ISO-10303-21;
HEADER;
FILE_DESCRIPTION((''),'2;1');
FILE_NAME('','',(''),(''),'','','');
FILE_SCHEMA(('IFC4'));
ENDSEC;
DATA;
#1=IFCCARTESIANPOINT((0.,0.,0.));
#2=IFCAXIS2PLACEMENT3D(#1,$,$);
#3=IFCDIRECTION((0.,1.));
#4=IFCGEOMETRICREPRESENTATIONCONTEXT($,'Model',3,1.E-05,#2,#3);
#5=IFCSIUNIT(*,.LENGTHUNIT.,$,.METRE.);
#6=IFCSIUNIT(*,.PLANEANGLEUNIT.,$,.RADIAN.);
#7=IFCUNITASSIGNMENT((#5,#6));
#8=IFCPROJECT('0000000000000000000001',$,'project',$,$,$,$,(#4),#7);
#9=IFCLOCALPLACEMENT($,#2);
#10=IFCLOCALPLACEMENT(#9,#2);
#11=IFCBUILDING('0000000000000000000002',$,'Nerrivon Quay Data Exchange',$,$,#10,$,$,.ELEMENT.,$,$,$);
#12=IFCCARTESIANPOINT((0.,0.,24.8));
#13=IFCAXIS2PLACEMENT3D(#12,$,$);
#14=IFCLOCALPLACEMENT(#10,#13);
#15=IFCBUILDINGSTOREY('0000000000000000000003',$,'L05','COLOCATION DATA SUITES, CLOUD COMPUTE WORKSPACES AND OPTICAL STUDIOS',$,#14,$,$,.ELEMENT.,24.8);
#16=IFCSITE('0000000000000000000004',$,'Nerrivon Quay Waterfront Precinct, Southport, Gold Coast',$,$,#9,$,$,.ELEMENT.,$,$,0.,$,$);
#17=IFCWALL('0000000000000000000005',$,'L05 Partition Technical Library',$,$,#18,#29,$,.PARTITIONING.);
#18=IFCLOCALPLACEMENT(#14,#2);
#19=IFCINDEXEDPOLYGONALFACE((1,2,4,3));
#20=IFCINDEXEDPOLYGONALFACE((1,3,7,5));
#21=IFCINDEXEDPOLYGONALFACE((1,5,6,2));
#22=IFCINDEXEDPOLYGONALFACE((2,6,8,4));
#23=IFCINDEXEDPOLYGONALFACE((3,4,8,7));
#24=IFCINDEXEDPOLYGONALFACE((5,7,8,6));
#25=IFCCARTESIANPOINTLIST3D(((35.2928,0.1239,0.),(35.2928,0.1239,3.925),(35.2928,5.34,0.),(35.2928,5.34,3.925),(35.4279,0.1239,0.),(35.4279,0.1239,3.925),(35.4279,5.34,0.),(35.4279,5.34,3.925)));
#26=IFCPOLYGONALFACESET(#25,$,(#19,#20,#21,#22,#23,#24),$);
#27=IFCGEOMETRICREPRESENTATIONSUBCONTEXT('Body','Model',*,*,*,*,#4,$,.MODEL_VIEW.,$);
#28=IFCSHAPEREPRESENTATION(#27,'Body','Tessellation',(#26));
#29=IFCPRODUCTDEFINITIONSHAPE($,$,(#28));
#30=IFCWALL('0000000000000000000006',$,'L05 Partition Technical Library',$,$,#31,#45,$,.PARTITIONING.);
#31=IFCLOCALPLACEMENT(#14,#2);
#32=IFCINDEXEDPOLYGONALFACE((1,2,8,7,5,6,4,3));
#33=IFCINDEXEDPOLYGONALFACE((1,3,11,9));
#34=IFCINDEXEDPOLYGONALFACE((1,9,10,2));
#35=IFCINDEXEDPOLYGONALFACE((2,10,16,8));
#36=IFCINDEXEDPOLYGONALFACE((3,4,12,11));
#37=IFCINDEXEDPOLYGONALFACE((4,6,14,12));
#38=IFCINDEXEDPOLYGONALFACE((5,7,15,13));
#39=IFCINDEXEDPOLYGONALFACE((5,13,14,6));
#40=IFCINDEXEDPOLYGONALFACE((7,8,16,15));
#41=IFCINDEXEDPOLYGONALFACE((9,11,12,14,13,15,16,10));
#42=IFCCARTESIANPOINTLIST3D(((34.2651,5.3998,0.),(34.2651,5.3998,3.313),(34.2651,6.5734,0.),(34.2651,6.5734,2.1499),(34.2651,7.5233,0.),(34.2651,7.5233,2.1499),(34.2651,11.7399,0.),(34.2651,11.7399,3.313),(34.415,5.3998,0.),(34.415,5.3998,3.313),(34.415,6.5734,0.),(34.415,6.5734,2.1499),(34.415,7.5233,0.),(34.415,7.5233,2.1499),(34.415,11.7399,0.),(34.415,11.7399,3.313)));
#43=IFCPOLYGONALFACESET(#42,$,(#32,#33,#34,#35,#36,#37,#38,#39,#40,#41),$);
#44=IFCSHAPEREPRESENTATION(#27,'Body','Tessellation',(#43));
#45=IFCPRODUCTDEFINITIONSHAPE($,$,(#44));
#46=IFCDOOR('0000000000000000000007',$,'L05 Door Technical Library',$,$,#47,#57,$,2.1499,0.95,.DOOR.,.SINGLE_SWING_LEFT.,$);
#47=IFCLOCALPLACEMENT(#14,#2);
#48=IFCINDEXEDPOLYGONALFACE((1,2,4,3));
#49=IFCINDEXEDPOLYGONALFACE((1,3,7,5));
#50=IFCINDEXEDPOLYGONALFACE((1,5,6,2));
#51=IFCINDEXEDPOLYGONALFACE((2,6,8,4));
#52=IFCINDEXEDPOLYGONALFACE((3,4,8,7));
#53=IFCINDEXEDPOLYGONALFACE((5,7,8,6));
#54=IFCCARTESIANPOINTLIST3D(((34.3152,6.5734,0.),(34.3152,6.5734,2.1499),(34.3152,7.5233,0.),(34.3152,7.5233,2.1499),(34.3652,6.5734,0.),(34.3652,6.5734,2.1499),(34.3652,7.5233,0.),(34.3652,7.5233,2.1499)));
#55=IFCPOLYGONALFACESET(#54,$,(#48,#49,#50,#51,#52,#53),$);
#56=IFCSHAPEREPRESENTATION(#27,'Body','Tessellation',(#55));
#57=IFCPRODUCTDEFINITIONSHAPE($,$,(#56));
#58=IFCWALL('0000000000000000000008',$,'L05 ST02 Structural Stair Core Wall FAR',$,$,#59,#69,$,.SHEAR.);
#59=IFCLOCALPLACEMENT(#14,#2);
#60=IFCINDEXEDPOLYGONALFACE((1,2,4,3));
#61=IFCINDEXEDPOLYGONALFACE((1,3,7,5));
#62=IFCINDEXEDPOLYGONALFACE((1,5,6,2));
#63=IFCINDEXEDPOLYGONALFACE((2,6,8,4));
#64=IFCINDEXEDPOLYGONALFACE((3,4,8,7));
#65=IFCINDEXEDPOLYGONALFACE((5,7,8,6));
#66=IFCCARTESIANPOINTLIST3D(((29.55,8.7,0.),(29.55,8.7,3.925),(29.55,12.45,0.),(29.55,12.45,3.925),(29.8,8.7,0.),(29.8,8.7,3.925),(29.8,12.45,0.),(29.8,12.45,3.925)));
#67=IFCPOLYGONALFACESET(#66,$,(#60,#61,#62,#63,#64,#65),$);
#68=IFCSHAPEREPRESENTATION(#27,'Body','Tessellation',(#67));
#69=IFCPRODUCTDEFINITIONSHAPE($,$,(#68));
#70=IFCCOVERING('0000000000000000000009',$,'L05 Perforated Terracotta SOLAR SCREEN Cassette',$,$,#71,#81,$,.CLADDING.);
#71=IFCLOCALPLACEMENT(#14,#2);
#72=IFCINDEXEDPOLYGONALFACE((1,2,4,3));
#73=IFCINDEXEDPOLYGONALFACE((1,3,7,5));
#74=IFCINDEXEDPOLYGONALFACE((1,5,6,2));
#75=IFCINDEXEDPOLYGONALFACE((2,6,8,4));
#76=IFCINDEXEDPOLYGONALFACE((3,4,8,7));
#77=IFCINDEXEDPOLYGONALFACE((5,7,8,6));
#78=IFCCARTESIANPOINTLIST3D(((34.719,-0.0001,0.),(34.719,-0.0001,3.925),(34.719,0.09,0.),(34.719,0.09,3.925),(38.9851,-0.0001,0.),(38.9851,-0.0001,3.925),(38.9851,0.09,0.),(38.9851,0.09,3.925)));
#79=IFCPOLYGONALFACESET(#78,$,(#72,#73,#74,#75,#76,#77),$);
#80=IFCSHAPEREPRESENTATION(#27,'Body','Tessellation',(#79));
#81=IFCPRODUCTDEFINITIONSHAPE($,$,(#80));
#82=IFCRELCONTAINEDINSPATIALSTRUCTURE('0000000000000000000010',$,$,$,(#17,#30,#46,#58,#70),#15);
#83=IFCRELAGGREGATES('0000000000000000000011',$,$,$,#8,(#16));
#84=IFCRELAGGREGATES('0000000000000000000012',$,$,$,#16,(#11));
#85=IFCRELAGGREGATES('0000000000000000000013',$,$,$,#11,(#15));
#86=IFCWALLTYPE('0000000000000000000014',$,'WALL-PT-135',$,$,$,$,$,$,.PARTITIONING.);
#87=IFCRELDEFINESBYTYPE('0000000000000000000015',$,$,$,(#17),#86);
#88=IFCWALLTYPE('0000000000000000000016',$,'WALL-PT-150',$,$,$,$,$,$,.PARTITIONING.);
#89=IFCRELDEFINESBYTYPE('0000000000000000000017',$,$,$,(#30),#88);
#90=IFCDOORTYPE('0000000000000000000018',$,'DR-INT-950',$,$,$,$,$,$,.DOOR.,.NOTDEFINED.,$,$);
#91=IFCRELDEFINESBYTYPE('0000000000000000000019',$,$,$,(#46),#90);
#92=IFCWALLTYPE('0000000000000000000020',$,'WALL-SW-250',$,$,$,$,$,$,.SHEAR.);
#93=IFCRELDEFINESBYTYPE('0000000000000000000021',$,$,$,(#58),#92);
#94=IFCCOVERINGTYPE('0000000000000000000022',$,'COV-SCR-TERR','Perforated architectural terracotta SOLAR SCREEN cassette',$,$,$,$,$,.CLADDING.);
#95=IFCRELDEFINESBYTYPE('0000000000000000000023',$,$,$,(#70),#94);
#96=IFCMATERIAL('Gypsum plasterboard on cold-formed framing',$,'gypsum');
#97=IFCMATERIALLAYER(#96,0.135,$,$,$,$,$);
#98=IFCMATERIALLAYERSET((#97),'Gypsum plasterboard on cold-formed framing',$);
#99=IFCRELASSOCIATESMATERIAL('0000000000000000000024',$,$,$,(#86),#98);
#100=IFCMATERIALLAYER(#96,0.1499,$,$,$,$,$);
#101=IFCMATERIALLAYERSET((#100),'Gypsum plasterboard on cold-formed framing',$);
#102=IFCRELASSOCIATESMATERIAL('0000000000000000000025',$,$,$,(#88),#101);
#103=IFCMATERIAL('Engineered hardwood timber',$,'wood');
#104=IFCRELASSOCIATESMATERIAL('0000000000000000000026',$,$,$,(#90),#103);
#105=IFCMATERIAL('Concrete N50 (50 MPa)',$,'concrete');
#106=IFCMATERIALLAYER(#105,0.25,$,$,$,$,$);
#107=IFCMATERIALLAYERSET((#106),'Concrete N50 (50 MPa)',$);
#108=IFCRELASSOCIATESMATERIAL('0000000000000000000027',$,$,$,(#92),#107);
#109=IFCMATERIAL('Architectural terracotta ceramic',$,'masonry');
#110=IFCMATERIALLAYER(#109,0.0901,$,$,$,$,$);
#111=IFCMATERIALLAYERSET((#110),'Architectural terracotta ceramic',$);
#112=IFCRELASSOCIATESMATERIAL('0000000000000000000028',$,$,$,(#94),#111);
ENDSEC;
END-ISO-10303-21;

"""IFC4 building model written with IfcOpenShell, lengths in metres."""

from ifc_helpers import new_model, si_unit, direction, frame, frame_2d, origin, origin_2d, place, context, subcontext, project, spatial, rectangle, extrude, material, layer, layer_set, type_object, element, fill, save


model = new_model("IFC4")

# Units and contexts
model_context = context("Model", 3, precision=1e-05, world=origin(), true_north=direction((0.0, 1.0)))
body_context = subcontext(model_context, "Body", "Model", "MODEL_VIEW")
ifc_project = project(units=[si_unit("LENGTHUNIT", "METRE"), si_unit("PLANEANGLEUNIT", "RADIAN")], contexts=[model_context])

# Site, building, storey
site_placement = place(None, origin())
site = spatial("IfcSite", under=ifc_project, at=site_placement, Name="Nerrivon Quay Waterfront Precinct, Southport, Gold Coast", CompositionType="ELEMENT", RefElevation=0.0)
building_placement = place(site_placement, origin())
building = spatial("IfcBuilding", under=site, at=building_placement, Name="Nerrivon Quay Data Exchange", CompositionType="ELEMENT")
storey_placement = place(building_placement, frame((0.0, 0.0, 24.8)))
storey = spatial("IfcBuildingStorey", under=building, at=storey_placement, Name="L05", Description="COLOCATION DATA SUITES, CLOUD COMPUTE WORKSPACES AND OPTICAL STUDIOS", CompositionType="ELEMENT", Elevation=24.8)

# Shared definitions
ifc_material_1 = material(Name="Gypsum plasterboard on cold-formed framing", Category="gypsum")

# Shared definitions
ifc_material_2 = material(Name="Engineered hardwood timber", Category="wood")

# Wall
ifc_layer_1 = layer(ifc_material_1, 0.135)
ifc_layer_set_1 = layer_set([ifc_layer_1], Name="Gypsum plasterboard on cold-formed framing")
wall_type_1 = type_object("IfcWallType", Name="WALL-PT-135", PredefinedType="PARTITIONING", material=ifc_layer_set_1)
wall_1_placement = place(storey_placement, frame((35.3604, 0.124, 0.0), z_axis=(0.0, 0.0, 1.0), x_axis=(0.0, 1.0, 0.0)))
element("IfcWall", 1, at=wall_1_placement, inside=storey, type_object=wall_type_1, Name="L05 Partition Technical Library", PredefinedType="PARTITIONING", context=body_context, shape_type="SweptSolid", body=[
    extrude(rectangle(XDim=5.2161, YDim=0.135, at=frame_2d((2.6079, 0.0))), origin(), (0.0, 0.0, 1.0), 3.925),
])

# Wall, opening, door
ifc_layer_2 = layer(ifc_material_1, 0.1499)
ifc_layer_set_2 = layer_set([ifc_layer_2], Name="Gypsum plasterboard on cold-formed framing")
wall_type_2 = type_object("IfcWallType", Name="WALL-PT-150", PredefinedType="PARTITIONING", material=ifc_layer_set_2)
wall_2_placement = place(storey_placement, frame((34.3401, 5.3999, 0.0), z_axis=(0.0, 0.0, 1.0), x_axis=(0.0, 1.0, 0.0)))
wall_2 = element("IfcWall", 2, at=wall_2_placement, inside=storey, type_object=wall_type_2, Name="L05 Partition Technical Library", PredefinedType="PARTITIONING", context=body_context, shape_type="SweptSolid", body=[
    extrude(rectangle(XDim=6.3401, YDim=0.1499, at=frame_2d((3.1699, 0.0))), origin(), (0.0, 0.0, 1.0), 3.313),
])
opening_1_placement = place(wall_2_placement, frame((1.1733, 0.0, 0.0)))
opening_1 = element("IfcOpeningElement", 3, at=opening_1_placement, cuts=wall_2, PredefinedType="OPENING", context=body_context, shape_type="SweptSolid", body=[
    extrude(rectangle(XDim=0.95, YDim=2.1499, at=frame_2d((0.4751, 1.075))), frame((0.0, 0.085, 0.0), z_axis=(0.0, -1.0, 0.0), x_axis=(1.0, 0.0, 0.0)), (0.0, 0.0, 1.0), 0.1699),
])
door_type_1 = type_object("IfcDoorType", Name="DR-INT-950", OperationType="NOTDEFINED", PredefinedType="DOOR", material=ifc_material_2)
door_1_placement = place(opening_1_placement, origin())
door_1 = element("IfcDoor", 4, at=door_1_placement, inside=storey, type_object=door_type_1, Name="L05 Door Technical Library", OperationType="SINGLE_SWING_LEFT", OverallHeight=2.1499, OverallWidth=0.95, PredefinedType="DOOR", context=body_context, shape_type="SweptSolid", body=[
    extrude(rectangle(XDim=0.95, YDim=2.1499, at=frame_2d((0.4751, 1.075))), frame((0.0, 0.0249, 0.0), z_axis=(0.0, -1.0, 0.0), x_axis=(1.0, 0.0, 0.0)), (0.0, 0.0, 1.0), 0.05),
])
fill(opening_1, door_1)

# Wall
ifc_material_3 = material(Name="Concrete N50 (50 MPa)", Category="concrete")
ifc_layer_3 = layer(ifc_material_3, 0.25)
ifc_layer_set_3 = layer_set([ifc_layer_3], Name="Concrete N50 (50 MPa)")
wall_type_3 = type_object("IfcWallType", Name="WALL-SW-250", PredefinedType="SHEAR", material=ifc_layer_set_3)
wall_3_placement = place(storey_placement, frame((29.675, 8.7, 0.0), z_axis=(0.0, 0.0, 1.0), x_axis=(0.0, 1.0, 0.0)))
element("IfcWall", 5, at=wall_3_placement, inside=storey, type_object=wall_type_3, Name="L05 ST02 Structural Stair Core Wall FAR", PredefinedType="SHEAR", context=body_context, shape_type="SweptSolid", body=[
    extrude(rectangle(XDim=3.75, YDim=0.25, at=frame_2d((1.875, 0.0))), origin(), (0.0, 0.0, 1.0), 3.925),
])

# Covering
ifc_material_4 = material(Name="Architectural terracotta ceramic", Category="masonry")
ifc_layer_4 = layer(ifc_material_4, 0.0901)
ifc_layer_set_4 = layer_set([ifc_layer_4], Name="Architectural terracotta ceramic")
covering_type = type_object("IfcCoveringType", Name="COV-SCR-TERR", Description="Perforated architectural terracotta SOLAR SCREEN cassette", PredefinedType="CLADDING", material=ifc_layer_set_4)
covering_placement = place(storey_placement, frame((36.8521, 0.0449, 0.0), z_axis=(0.0, 0.0, 1.0), x_axis=(-1.0, 0.0, 0.0)))
element("IfcCovering", 6, at=covering_placement, inside=storey, type_object=covering_type, Name="L05 Perforated Terracotta SOLAR SCREEN Cassette", PredefinedType="CLADDING", context=body_context, shape_type="SweptSolid", body=[
    extrude(rectangle(XDim=4.2661, YDim=0.0901, at=origin_2d()), origin(), (0.0, 0.0, 1.0), 3.925),
])

save(model, "model.ifc")
